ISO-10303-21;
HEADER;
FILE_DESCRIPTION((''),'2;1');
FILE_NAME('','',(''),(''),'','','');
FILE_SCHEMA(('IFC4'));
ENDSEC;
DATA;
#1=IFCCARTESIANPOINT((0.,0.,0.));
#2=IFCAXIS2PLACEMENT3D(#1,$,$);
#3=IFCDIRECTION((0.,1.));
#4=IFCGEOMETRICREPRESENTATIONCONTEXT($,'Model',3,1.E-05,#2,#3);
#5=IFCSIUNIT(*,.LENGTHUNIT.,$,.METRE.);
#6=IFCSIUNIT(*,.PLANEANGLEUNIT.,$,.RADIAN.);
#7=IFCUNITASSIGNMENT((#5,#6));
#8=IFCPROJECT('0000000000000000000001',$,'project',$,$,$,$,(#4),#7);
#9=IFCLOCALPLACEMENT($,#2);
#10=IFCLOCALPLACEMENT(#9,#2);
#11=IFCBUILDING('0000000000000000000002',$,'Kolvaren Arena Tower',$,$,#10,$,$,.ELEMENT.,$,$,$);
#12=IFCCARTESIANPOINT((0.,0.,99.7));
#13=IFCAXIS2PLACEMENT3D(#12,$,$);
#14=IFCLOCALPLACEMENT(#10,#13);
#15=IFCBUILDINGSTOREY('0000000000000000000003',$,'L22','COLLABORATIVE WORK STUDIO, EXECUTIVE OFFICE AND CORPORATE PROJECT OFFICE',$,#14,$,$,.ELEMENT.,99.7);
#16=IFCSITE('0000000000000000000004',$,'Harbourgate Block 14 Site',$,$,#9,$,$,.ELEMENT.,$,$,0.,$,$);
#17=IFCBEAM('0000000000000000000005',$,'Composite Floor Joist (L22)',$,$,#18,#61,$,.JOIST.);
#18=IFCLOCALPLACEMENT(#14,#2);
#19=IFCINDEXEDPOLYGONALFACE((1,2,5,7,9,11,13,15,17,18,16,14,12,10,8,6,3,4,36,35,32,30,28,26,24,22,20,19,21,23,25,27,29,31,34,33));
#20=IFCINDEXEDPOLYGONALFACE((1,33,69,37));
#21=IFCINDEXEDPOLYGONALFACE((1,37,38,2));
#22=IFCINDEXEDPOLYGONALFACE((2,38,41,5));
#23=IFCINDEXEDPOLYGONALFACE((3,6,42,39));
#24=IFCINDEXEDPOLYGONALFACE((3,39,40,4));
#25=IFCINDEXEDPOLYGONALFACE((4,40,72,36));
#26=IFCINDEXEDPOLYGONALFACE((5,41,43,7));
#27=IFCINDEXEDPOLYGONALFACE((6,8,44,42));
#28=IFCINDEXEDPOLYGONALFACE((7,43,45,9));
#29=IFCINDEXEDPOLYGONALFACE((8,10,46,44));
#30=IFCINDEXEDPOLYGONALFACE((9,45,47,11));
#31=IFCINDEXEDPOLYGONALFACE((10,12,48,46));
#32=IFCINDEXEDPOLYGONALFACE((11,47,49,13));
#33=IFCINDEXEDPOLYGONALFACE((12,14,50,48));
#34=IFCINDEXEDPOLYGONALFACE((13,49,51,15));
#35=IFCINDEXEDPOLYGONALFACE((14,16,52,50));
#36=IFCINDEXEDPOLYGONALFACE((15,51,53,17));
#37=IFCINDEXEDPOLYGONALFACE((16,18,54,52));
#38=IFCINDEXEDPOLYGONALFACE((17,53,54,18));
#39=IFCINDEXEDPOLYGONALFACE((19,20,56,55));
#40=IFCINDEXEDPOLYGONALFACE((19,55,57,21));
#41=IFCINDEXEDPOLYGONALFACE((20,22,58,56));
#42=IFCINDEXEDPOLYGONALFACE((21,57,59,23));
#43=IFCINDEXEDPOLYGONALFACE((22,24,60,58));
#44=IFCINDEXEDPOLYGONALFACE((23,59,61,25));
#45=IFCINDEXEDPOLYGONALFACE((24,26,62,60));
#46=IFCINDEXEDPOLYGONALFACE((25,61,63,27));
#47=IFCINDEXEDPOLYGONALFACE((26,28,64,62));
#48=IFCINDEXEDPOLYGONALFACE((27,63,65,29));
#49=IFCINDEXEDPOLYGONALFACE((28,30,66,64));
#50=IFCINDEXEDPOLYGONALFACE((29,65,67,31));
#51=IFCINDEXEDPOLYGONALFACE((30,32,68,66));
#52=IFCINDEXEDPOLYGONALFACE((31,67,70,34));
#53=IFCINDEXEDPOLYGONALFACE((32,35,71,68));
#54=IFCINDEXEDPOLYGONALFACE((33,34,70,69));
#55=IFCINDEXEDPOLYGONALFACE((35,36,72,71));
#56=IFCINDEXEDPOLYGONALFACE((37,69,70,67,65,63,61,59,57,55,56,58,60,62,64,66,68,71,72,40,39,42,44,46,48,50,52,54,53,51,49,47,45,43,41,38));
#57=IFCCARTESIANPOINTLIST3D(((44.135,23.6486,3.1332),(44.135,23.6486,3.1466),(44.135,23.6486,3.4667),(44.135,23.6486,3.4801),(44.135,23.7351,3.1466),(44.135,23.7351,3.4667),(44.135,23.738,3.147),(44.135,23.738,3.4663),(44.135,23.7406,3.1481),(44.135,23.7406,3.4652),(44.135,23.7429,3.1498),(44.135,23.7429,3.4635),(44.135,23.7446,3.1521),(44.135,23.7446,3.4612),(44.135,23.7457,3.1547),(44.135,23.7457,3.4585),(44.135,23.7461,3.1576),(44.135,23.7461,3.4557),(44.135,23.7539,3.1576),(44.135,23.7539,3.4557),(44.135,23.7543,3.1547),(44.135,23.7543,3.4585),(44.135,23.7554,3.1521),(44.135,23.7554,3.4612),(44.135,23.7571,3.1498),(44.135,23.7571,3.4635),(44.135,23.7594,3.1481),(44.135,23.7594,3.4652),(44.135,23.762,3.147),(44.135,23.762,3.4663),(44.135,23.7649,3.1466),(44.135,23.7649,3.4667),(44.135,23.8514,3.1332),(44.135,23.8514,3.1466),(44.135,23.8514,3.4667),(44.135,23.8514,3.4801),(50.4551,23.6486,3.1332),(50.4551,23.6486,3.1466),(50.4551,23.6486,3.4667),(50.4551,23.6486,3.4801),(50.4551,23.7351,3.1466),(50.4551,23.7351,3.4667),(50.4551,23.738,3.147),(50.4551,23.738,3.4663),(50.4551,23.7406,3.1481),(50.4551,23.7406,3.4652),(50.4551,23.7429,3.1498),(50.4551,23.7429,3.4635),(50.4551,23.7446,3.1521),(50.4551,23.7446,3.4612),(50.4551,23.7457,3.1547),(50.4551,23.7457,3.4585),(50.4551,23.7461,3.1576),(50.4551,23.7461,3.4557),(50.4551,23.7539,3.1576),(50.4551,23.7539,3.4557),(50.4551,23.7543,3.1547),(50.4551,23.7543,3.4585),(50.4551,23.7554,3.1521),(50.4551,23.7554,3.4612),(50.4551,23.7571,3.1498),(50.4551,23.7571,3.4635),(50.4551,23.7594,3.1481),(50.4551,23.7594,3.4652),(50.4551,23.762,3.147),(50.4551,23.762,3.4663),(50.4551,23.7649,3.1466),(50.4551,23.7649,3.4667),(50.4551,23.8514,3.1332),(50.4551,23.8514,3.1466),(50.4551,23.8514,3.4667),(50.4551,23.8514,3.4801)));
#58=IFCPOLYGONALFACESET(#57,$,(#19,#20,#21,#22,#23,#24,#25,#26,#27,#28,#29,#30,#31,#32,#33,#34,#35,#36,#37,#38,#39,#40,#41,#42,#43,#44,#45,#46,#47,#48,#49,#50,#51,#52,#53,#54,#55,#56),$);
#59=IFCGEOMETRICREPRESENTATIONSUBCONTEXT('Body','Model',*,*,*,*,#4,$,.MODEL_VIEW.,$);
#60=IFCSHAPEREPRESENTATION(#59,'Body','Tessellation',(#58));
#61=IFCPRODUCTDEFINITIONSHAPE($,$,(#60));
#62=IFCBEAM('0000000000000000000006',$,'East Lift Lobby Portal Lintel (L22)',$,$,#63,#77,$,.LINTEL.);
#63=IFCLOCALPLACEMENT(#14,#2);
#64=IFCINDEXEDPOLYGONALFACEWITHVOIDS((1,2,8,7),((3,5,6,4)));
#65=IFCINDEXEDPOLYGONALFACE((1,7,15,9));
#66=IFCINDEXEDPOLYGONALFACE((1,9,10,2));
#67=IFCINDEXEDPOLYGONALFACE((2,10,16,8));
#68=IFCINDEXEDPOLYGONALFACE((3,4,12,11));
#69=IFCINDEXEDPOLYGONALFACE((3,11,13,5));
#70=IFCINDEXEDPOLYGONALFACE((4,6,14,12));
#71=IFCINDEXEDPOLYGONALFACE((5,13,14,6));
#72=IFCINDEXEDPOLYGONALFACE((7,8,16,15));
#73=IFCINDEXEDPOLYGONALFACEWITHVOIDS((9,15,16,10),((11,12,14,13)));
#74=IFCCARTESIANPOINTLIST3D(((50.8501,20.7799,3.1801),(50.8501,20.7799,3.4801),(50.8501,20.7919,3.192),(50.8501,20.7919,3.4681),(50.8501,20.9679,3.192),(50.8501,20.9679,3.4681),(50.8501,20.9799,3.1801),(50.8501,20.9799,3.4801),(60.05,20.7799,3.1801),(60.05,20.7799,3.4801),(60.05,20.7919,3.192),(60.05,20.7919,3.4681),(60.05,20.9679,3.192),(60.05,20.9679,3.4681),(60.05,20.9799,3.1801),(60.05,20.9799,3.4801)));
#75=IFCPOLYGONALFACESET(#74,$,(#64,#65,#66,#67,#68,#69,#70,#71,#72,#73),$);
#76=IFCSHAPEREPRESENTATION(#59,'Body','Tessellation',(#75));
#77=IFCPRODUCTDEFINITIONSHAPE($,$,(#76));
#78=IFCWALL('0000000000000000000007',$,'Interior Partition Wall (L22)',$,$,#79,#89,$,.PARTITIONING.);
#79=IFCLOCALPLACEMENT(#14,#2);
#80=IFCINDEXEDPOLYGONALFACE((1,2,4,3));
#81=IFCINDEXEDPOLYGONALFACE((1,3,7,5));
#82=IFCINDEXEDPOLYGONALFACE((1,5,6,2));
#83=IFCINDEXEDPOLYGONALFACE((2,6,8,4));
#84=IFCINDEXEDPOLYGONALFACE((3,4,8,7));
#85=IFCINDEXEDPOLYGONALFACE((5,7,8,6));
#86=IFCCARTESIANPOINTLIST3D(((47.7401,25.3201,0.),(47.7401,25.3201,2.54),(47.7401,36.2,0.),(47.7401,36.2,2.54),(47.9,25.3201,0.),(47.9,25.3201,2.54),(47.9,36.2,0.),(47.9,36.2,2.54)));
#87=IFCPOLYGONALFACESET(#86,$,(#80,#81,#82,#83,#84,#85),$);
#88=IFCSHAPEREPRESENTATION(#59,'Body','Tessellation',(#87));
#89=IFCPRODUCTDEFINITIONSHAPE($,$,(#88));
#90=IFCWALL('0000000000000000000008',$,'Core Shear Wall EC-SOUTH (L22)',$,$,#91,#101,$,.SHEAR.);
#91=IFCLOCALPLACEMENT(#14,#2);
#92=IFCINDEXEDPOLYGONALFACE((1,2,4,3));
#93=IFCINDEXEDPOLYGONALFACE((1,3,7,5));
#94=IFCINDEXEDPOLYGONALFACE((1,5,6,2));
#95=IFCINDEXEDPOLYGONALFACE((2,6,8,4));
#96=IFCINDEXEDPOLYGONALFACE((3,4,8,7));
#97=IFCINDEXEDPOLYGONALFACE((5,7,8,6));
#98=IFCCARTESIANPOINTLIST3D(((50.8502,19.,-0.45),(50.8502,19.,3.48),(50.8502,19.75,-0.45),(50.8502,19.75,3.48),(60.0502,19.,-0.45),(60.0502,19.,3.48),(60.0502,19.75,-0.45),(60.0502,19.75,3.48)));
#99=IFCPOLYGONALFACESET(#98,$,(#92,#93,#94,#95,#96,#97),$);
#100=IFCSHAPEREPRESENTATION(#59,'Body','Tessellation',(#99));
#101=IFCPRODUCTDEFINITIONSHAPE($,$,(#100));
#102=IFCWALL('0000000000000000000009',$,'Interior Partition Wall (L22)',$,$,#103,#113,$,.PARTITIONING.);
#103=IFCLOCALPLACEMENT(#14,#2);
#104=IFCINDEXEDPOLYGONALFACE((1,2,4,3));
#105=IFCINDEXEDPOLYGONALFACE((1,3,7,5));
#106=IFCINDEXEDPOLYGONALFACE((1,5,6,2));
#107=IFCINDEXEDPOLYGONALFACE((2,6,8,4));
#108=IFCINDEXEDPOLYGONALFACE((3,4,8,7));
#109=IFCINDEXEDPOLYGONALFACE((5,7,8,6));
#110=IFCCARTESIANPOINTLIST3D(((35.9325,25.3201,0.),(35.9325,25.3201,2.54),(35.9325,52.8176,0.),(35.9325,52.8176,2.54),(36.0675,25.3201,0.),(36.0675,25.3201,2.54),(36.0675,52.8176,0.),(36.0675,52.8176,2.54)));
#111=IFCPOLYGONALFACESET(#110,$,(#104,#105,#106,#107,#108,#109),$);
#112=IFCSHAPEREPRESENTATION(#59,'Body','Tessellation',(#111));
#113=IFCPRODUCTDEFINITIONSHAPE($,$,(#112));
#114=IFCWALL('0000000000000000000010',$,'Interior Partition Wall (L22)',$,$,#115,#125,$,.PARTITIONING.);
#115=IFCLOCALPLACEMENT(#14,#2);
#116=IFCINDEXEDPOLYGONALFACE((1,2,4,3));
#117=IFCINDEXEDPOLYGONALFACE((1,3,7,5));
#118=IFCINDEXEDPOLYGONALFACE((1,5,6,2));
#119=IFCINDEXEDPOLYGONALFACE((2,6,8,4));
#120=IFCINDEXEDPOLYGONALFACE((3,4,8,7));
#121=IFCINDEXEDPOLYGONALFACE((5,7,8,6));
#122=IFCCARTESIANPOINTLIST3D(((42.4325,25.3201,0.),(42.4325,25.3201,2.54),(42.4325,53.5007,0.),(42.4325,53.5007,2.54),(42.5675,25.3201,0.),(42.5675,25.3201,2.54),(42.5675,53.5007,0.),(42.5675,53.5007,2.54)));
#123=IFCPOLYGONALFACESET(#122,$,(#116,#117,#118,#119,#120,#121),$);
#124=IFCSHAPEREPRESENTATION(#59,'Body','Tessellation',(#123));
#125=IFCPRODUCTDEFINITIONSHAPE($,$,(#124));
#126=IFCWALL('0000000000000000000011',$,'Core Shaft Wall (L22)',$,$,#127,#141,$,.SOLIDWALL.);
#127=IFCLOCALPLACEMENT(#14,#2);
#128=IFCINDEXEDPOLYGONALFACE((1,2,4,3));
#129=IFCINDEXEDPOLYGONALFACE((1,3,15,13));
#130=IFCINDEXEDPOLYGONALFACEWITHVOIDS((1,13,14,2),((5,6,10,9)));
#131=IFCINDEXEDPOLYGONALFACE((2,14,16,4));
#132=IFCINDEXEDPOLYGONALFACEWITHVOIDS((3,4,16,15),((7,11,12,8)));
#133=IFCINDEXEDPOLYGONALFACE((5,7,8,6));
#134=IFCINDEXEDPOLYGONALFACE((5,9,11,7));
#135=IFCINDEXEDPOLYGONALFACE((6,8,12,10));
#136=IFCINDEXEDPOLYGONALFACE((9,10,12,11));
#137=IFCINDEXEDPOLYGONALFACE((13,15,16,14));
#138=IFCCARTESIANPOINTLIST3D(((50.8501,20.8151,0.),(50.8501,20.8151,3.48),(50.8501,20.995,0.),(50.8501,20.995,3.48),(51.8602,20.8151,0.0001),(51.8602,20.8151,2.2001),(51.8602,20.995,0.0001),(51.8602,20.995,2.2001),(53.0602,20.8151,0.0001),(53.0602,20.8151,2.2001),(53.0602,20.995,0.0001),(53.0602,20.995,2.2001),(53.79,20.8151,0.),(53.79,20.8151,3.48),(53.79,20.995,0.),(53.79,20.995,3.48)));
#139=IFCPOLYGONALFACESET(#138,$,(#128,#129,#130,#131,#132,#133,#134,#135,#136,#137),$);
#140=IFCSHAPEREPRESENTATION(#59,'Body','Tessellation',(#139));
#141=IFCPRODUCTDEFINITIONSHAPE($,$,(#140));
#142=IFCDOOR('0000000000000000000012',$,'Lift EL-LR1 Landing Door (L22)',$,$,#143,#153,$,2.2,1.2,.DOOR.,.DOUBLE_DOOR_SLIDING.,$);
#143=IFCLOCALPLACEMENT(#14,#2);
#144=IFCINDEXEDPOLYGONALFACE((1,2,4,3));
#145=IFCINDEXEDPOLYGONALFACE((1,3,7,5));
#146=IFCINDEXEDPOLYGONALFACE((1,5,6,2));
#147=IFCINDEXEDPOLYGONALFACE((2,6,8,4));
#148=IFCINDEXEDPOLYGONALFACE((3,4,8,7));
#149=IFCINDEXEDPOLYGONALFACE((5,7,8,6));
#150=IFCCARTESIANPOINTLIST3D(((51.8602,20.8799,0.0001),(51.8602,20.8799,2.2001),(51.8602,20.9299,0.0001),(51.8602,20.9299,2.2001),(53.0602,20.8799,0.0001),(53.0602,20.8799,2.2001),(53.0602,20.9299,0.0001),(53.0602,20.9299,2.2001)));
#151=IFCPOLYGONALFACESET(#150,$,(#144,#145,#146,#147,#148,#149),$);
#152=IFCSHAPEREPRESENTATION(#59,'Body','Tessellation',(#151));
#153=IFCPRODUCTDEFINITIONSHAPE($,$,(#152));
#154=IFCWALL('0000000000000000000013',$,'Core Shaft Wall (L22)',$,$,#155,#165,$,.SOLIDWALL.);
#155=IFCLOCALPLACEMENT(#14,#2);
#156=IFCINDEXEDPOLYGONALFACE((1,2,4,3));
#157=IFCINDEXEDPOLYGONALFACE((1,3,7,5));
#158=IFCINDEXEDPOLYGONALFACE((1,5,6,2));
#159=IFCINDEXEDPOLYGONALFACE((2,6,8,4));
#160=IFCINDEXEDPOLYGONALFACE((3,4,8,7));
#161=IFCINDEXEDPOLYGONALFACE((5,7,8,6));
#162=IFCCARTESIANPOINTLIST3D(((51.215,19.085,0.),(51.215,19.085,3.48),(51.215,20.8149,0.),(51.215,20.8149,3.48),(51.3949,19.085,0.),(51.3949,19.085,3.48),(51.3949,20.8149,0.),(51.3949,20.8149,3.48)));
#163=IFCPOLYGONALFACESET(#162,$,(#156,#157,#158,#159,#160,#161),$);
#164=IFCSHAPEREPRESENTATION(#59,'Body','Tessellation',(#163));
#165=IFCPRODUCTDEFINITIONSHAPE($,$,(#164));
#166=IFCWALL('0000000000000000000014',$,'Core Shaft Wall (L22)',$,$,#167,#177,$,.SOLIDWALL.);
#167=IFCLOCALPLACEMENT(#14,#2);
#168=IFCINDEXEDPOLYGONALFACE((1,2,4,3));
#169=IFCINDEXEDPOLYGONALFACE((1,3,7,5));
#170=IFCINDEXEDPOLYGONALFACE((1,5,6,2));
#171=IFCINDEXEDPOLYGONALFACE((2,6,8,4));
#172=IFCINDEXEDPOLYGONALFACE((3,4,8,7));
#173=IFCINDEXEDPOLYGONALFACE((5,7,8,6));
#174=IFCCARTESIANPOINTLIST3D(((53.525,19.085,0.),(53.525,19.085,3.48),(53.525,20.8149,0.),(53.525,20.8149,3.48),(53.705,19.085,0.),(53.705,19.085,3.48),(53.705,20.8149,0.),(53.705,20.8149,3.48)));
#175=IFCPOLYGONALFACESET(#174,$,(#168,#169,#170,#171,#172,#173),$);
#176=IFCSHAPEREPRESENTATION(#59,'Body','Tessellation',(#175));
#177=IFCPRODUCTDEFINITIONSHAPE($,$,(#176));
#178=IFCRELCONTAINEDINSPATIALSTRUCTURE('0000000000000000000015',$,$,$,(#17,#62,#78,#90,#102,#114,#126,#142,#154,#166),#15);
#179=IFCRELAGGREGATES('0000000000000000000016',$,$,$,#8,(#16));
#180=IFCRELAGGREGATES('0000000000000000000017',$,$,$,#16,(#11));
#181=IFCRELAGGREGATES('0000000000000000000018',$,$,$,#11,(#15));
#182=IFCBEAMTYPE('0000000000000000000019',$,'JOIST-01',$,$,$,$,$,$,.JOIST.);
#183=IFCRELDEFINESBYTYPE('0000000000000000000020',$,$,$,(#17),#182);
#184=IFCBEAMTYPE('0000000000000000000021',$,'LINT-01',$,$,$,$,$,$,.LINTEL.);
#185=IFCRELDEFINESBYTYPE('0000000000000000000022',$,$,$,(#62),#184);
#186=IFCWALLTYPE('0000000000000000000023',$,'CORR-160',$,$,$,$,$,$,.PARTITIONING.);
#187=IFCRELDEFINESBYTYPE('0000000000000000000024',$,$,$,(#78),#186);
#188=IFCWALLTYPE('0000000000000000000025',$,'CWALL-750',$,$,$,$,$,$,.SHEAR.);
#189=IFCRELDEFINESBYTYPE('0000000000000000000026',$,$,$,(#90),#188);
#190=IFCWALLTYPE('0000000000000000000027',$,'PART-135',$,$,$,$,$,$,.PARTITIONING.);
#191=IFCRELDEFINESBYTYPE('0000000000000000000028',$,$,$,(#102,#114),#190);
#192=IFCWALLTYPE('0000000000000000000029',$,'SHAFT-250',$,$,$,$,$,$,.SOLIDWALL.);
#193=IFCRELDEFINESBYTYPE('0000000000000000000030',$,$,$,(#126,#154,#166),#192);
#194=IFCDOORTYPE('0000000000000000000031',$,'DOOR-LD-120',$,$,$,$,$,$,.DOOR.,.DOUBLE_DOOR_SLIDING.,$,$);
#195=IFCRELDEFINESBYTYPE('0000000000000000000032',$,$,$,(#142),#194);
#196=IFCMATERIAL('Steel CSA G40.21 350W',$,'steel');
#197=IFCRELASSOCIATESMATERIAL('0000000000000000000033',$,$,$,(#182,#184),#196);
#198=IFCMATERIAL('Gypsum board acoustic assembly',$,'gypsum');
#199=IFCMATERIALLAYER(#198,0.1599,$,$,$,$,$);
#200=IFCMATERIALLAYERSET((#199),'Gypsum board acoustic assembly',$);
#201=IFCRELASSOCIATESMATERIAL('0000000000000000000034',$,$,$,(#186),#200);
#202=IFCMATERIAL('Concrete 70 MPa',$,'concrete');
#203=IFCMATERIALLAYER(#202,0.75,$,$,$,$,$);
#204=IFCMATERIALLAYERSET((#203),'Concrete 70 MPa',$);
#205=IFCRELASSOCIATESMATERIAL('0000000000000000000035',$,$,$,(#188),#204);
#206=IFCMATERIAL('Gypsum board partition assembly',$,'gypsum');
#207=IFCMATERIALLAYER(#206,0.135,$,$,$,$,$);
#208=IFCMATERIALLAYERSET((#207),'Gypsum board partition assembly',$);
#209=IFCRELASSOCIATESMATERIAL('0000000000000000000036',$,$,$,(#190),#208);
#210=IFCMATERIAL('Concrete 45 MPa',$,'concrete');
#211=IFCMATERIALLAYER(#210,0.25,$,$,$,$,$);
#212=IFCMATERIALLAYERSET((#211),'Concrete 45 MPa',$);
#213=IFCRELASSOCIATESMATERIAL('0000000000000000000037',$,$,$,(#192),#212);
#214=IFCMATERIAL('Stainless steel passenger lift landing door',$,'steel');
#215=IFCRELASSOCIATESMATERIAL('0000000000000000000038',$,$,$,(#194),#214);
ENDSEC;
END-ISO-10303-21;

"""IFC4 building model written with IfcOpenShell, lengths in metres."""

from ifc_helpers import new_model, si_unit, direction, frame, frame_2d, origin, origin_2d, place, context, subcontext, project, spatial, rectangle, hollow_rectangle, i_section, extrude, material, layer, layer_set, material_profile, profile_set, type_object, element, fill, save


model = new_model("IFC4")

# Units and contexts
model_context = context("Model", 3, precision=1e-05, world=origin(), true_north=direction((0.0, 1.0)))
body_context = subcontext(model_context, "Body", "Model", "MODEL_VIEW")
ifc_project = project(units=[si_unit("LENGTHUNIT", "METRE"), si_unit("PLANEANGLEUNIT", "RADIAN")], contexts=[model_context])

# Site, building, storey
site_placement = place(None, origin())
site = spatial("IfcSite", under=ifc_project, at=site_placement, Name="Harbourgate Block 14 Site", CompositionType="ELEMENT", RefElevation=0.0)
building_placement = place(site_placement, origin())
building = spatial("IfcBuilding", under=site, at=building_placement, Name="Kolvaren Arena Tower", CompositionType="ELEMENT")
storey_placement = place(building_placement, frame((0.0, 0.0, 99.7)))
storey = spatial("IfcBuildingStorey", under=building, at=storey_placement, Name="L22", Description="COLLABORATIVE WORK STUDIO, EXECUTIVE OFFICE AND CORPORATE PROJECT OFFICE", CompositionType="ELEMENT", Elevation=99.7)

# Beams
ifc_material_1 = material(Name="Steel CSA G40.21 350W", Category="steel")
ifc_material_profile_1 = material_profile(ifc_material_1, i_section(OverallWidth=0.2029, OverallDepth=0.3469, WebThickness=0.0078, FlangeThickness=0.0134, FilletRadius=0.011, at=origin_2d()), Name="W360x64")
ifc_profile_set_1 = profile_set([ifc_material_profile_1], Name="Steel CSA G40.21 350W")
beam_type_1 = type_object("IfcBeamType", Name="JOIST-01", PredefinedType="JOIST", material=ifc_profile_set_1)
beam_1_placement = place(storey_placement, frame((44.135, 23.75, 3.3066), z_axis=(1.0, 0.0, 0.0), x_axis=(0.0, 1.0, 0.0)))
element("IfcBeam", 1, at=beam_1_placement, inside=storey, type_object=beam_type_1, Name="Composite Floor Joist (L22)", PredefinedType="JOIST", context=body_context, shape_type="SweptSolid", body=[
    extrude(i_section(OverallWidth=0.2029, OverallDepth=0.3469, WebThickness=0.0078, FlangeThickness=0.0134, FilletRadius=0.011, at=origin_2d()), origin(), (0.0, 0.0, 1.0), 6.3201),
])
ifc_material_profile_2 = material_profile(ifc_material_1, hollow_rectangle(XDim=0.2, YDim=0.3, WallThickness=0.012, at=origin_2d()), Name="HSS 300x200x12")
ifc_profile_set_2 = profile_set([ifc_material_profile_2], Name="Steel CSA G40.21 350W")
beam_type_2 = type_object("IfcBeamType", Name="LINT-01", PredefinedType="LINTEL", material=ifc_profile_set_2)
beam_2_placement = place(storey_placement, frame((50.8501, 20.8799, 3.3301), z_axis=(1.0, 0.0, 0.0), x_axis=(0.0, 1.0, 0.0)))
element("IfcBeam", 2, at=beam_2_placement, inside=storey, type_object=beam_type_2, Name="East Lift Lobby Portal Lintel (L22)", PredefinedType="LINTEL", context=body_context, shape_type="SweptSolid", body=[
    extrude(hollow_rectangle(XDim=0.2, YDim=0.3, WallThickness=0.012, at=origin_2d()), origin(), (0.0, 0.0, 1.0), 9.2),
])

# Shared definitions
ifc_material_2 = material(Name="Gypsum board acoustic assembly", Category="gypsum")
ifc_layer_1 = layer(ifc_material_2, 0.1599)
ifc_layer_set_1 = layer_set([ifc_layer_1], Name="Gypsum board acoustic assembly")
wall_type_1 = type_object("IfcWallType", Name="CORR-160", PredefinedType="PARTITIONING", material=ifc_layer_set_1)

# Walls
wall_1_placement = place(storey_placement, frame((47.8201, 25.3201, 0.0), z_axis=(0.0, 0.0, 1.0), x_axis=(0.0, 1.0, 0.0)))
element("IfcWall", 3, at=wall_1_placement, inside=storey, type_object=wall_type_1, Name="Interior Partition Wall (L22)", PredefinedType="PARTITIONING", context=body_context, shape_type="SweptSolid", body=[
    extrude(rectangle(XDim=10.8799, YDim=0.1599, at=frame_2d((5.4399, 0.0))), origin(), (0.0, 0.0, 1.0), 2.54),
])
ifc_material_3 = material(Name="Concrete 70 MPa", Category="concrete")
ifc_layer_2 = layer(ifc_material_3, 0.75)
ifc_layer_set_2 = layer_set([ifc_layer_2], Name="Concrete 70 MPa")
wall_type_2 = type_object("IfcWallType", Name="CWALL-750", PredefinedType="SHEAR", material=ifc_layer_set_2)
wall_2_placement = place(storey_placement, frame((50.8501, 19.375, -0.45), z_axis=(0.0, 0.0, 1.0), x_axis=(1.0, 0.0, 0.0)))
element("IfcWall", 4, at=wall_2_placement, inside=storey, type_object=wall_type_2, Name="Core Shear Wall EC-SOUTH (L22)", PredefinedType="SHEAR", context=body_context, shape_type="SweptSolid", body=[
    extrude(rectangle(XDim=9.2, YDim=0.75, at=frame_2d((4.6001, 0.0))), origin(), (0.0, 0.0, 1.0), 3.9299),
])
ifc_material_4 = material(Name="Gypsum board partition assembly", Category="gypsum")
ifc_layer_3 = layer(ifc_material_4, 0.135)
ifc_layer_set_3 = layer_set([ifc_layer_3], Name="Gypsum board partition assembly")
wall_type_3 = type_object("IfcWallType", Name="PART-135", PredefinedType="PARTITIONING", material=ifc_layer_set_3)
wall_3_placement = place(storey_placement, frame((36.0, 25.3201, 0.0), z_axis=(0.0, 0.0, 1.0), x_axis=(0.0, 1.0, 0.0)))
element("IfcWall", 5, at=wall_3_placement, inside=storey, type_object=wall_type_3, Name="Interior Partition Wall (L22)", PredefinedType="PARTITIONING", context=body_context, shape_type="SweptSolid", body=[
    extrude(rectangle(XDim=27.4976, YDim=0.135, at=frame_2d((13.7488, 0.0))), origin(), (0.0, 0.0, 1.0), 2.54),
])
wall_4_placement = place(storey_placement, frame((42.5, 25.3201, 0.0), z_axis=(0.0, 0.0, 1.0), x_axis=(0.0, 1.0, 0.0)))
element("IfcWall", 6, at=wall_4_placement, inside=storey, type_object=wall_type_3, Name="Interior Partition Wall (L22)", PredefinedType="PARTITIONING", context=body_context, shape_type="SweptSolid", body=[
    extrude(rectangle(XDim=28.1807, YDim=0.135, at=frame_2d((14.0903, 0.0))), origin(), (0.0, 0.0, 1.0), 2.54),
])

# Wall, opening, door
ifc_material_5 = material(Name="Concrete 45 MPa", Category="concrete")
ifc_layer_4 = layer(ifc_material_5, 0.25)
ifc_layer_set_4 = layer_set([ifc_layer_4], Name="Concrete 45 MPa")
wall_type_4 = type_object("IfcWallType", Name="SHAFT-250", PredefinedType="SOLIDWALL", material=ifc_layer_set_4)
wall_5_placement = place(storey_placement, frame((50.8501, 20.905, 0.0), z_axis=(0.0, 0.0, 1.0), x_axis=(1.0, 0.0, 0.0)))
wall_5 = element("IfcWall", 7, at=wall_5_placement, inside=storey, type_object=wall_type_4, Name="Core Shaft Wall (L22)", PredefinedType="SOLIDWALL", context=body_context, shape_type="SweptSolid", body=[
    extrude(rectangle(XDim=2.9399, YDim=0.1799, at=frame_2d((1.47, 0.0))), origin(), (0.0, 0.0, 1.0), 3.48),
])
opening_1_placement = place(wall_5_placement, frame((1.01, 0.0, 0.0)))
opening_1 = element("IfcOpeningElement", 8, at=opening_1_placement, cuts=wall_5, PredefinedType="OPENING", context=body_context, shape_type="SweptSolid", body=[
    extrude(rectangle(XDim=1.2, YDim=2.2, at=frame_2d((0.6001, 1.1001))), frame((0.0, 0.0999, 0.0), z_axis=(0.0, -1.0, 0.0), x_axis=(1.0, 0.0, 0.0)), (0.0, 0.0, 1.0), 0.2),
])
ifc_material_6 = material(Name="Stainless steel passenger lift landing door", Category="steel")
door_type_1 = type_object("IfcDoorType", Name="DOOR-LD-120", OperationType="DOUBLE_DOOR_SLIDING", PredefinedType="DOOR", material=ifc_material_6)
door_1_placement = place(opening_1_placement, origin())
door_1 = element("IfcDoor", 9, at=door_1_placement, inside=storey, type_object=door_type_1, Name="Lift EL-LR1 Landing Door (L22)", OperationType="DOUBLE_DOOR_SLIDING", OverallHeight=2.2, OverallWidth=1.2, PredefinedType="DOOR", context=body_context, shape_type="SweptSolid", body=[
    extrude(rectangle(XDim=1.2, YDim=2.2, at=frame_2d((0.6001, 1.1001))), frame((0.0, 0.0249, 0.0), z_axis=(0.0, -1.0, 0.0), x_axis=(1.0, 0.0, 0.0)), (0.0, 0.0, 1.0), 0.05),
])
fill(opening_1, door_1)

# Walls
for number, where, z_axis, x_axis, name in (
    (10, (51.3049, 19.085, 0.0), (0.0, 0.0, 1.0), (0.0, 1.0, 0.0), "Core Shaft Wall (L22)"),
    (11, (53.615, 19.085, 0.0), (0.0, 0.0, 1.0), (0.0, 1.0, 0.0), "Core Shaft Wall (L22)"),
):
    element("IfcWall", number, at=place(storey_placement, frame(where, z_axis=z_axis, x_axis=x_axis)), inside=storey, type_object=wall_type_4, Name=name, PredefinedType="SOLIDWALL", context=body_context, shape_type="SweptSolid", body=[
        extrude(rectangle(XDim=1.73, YDim=0.1799, at=frame_2d((0.865, 0.0))), origin(), (0.0, 0.0, 1.0), 3.48),
    ])

save(model, "model.ifc")
